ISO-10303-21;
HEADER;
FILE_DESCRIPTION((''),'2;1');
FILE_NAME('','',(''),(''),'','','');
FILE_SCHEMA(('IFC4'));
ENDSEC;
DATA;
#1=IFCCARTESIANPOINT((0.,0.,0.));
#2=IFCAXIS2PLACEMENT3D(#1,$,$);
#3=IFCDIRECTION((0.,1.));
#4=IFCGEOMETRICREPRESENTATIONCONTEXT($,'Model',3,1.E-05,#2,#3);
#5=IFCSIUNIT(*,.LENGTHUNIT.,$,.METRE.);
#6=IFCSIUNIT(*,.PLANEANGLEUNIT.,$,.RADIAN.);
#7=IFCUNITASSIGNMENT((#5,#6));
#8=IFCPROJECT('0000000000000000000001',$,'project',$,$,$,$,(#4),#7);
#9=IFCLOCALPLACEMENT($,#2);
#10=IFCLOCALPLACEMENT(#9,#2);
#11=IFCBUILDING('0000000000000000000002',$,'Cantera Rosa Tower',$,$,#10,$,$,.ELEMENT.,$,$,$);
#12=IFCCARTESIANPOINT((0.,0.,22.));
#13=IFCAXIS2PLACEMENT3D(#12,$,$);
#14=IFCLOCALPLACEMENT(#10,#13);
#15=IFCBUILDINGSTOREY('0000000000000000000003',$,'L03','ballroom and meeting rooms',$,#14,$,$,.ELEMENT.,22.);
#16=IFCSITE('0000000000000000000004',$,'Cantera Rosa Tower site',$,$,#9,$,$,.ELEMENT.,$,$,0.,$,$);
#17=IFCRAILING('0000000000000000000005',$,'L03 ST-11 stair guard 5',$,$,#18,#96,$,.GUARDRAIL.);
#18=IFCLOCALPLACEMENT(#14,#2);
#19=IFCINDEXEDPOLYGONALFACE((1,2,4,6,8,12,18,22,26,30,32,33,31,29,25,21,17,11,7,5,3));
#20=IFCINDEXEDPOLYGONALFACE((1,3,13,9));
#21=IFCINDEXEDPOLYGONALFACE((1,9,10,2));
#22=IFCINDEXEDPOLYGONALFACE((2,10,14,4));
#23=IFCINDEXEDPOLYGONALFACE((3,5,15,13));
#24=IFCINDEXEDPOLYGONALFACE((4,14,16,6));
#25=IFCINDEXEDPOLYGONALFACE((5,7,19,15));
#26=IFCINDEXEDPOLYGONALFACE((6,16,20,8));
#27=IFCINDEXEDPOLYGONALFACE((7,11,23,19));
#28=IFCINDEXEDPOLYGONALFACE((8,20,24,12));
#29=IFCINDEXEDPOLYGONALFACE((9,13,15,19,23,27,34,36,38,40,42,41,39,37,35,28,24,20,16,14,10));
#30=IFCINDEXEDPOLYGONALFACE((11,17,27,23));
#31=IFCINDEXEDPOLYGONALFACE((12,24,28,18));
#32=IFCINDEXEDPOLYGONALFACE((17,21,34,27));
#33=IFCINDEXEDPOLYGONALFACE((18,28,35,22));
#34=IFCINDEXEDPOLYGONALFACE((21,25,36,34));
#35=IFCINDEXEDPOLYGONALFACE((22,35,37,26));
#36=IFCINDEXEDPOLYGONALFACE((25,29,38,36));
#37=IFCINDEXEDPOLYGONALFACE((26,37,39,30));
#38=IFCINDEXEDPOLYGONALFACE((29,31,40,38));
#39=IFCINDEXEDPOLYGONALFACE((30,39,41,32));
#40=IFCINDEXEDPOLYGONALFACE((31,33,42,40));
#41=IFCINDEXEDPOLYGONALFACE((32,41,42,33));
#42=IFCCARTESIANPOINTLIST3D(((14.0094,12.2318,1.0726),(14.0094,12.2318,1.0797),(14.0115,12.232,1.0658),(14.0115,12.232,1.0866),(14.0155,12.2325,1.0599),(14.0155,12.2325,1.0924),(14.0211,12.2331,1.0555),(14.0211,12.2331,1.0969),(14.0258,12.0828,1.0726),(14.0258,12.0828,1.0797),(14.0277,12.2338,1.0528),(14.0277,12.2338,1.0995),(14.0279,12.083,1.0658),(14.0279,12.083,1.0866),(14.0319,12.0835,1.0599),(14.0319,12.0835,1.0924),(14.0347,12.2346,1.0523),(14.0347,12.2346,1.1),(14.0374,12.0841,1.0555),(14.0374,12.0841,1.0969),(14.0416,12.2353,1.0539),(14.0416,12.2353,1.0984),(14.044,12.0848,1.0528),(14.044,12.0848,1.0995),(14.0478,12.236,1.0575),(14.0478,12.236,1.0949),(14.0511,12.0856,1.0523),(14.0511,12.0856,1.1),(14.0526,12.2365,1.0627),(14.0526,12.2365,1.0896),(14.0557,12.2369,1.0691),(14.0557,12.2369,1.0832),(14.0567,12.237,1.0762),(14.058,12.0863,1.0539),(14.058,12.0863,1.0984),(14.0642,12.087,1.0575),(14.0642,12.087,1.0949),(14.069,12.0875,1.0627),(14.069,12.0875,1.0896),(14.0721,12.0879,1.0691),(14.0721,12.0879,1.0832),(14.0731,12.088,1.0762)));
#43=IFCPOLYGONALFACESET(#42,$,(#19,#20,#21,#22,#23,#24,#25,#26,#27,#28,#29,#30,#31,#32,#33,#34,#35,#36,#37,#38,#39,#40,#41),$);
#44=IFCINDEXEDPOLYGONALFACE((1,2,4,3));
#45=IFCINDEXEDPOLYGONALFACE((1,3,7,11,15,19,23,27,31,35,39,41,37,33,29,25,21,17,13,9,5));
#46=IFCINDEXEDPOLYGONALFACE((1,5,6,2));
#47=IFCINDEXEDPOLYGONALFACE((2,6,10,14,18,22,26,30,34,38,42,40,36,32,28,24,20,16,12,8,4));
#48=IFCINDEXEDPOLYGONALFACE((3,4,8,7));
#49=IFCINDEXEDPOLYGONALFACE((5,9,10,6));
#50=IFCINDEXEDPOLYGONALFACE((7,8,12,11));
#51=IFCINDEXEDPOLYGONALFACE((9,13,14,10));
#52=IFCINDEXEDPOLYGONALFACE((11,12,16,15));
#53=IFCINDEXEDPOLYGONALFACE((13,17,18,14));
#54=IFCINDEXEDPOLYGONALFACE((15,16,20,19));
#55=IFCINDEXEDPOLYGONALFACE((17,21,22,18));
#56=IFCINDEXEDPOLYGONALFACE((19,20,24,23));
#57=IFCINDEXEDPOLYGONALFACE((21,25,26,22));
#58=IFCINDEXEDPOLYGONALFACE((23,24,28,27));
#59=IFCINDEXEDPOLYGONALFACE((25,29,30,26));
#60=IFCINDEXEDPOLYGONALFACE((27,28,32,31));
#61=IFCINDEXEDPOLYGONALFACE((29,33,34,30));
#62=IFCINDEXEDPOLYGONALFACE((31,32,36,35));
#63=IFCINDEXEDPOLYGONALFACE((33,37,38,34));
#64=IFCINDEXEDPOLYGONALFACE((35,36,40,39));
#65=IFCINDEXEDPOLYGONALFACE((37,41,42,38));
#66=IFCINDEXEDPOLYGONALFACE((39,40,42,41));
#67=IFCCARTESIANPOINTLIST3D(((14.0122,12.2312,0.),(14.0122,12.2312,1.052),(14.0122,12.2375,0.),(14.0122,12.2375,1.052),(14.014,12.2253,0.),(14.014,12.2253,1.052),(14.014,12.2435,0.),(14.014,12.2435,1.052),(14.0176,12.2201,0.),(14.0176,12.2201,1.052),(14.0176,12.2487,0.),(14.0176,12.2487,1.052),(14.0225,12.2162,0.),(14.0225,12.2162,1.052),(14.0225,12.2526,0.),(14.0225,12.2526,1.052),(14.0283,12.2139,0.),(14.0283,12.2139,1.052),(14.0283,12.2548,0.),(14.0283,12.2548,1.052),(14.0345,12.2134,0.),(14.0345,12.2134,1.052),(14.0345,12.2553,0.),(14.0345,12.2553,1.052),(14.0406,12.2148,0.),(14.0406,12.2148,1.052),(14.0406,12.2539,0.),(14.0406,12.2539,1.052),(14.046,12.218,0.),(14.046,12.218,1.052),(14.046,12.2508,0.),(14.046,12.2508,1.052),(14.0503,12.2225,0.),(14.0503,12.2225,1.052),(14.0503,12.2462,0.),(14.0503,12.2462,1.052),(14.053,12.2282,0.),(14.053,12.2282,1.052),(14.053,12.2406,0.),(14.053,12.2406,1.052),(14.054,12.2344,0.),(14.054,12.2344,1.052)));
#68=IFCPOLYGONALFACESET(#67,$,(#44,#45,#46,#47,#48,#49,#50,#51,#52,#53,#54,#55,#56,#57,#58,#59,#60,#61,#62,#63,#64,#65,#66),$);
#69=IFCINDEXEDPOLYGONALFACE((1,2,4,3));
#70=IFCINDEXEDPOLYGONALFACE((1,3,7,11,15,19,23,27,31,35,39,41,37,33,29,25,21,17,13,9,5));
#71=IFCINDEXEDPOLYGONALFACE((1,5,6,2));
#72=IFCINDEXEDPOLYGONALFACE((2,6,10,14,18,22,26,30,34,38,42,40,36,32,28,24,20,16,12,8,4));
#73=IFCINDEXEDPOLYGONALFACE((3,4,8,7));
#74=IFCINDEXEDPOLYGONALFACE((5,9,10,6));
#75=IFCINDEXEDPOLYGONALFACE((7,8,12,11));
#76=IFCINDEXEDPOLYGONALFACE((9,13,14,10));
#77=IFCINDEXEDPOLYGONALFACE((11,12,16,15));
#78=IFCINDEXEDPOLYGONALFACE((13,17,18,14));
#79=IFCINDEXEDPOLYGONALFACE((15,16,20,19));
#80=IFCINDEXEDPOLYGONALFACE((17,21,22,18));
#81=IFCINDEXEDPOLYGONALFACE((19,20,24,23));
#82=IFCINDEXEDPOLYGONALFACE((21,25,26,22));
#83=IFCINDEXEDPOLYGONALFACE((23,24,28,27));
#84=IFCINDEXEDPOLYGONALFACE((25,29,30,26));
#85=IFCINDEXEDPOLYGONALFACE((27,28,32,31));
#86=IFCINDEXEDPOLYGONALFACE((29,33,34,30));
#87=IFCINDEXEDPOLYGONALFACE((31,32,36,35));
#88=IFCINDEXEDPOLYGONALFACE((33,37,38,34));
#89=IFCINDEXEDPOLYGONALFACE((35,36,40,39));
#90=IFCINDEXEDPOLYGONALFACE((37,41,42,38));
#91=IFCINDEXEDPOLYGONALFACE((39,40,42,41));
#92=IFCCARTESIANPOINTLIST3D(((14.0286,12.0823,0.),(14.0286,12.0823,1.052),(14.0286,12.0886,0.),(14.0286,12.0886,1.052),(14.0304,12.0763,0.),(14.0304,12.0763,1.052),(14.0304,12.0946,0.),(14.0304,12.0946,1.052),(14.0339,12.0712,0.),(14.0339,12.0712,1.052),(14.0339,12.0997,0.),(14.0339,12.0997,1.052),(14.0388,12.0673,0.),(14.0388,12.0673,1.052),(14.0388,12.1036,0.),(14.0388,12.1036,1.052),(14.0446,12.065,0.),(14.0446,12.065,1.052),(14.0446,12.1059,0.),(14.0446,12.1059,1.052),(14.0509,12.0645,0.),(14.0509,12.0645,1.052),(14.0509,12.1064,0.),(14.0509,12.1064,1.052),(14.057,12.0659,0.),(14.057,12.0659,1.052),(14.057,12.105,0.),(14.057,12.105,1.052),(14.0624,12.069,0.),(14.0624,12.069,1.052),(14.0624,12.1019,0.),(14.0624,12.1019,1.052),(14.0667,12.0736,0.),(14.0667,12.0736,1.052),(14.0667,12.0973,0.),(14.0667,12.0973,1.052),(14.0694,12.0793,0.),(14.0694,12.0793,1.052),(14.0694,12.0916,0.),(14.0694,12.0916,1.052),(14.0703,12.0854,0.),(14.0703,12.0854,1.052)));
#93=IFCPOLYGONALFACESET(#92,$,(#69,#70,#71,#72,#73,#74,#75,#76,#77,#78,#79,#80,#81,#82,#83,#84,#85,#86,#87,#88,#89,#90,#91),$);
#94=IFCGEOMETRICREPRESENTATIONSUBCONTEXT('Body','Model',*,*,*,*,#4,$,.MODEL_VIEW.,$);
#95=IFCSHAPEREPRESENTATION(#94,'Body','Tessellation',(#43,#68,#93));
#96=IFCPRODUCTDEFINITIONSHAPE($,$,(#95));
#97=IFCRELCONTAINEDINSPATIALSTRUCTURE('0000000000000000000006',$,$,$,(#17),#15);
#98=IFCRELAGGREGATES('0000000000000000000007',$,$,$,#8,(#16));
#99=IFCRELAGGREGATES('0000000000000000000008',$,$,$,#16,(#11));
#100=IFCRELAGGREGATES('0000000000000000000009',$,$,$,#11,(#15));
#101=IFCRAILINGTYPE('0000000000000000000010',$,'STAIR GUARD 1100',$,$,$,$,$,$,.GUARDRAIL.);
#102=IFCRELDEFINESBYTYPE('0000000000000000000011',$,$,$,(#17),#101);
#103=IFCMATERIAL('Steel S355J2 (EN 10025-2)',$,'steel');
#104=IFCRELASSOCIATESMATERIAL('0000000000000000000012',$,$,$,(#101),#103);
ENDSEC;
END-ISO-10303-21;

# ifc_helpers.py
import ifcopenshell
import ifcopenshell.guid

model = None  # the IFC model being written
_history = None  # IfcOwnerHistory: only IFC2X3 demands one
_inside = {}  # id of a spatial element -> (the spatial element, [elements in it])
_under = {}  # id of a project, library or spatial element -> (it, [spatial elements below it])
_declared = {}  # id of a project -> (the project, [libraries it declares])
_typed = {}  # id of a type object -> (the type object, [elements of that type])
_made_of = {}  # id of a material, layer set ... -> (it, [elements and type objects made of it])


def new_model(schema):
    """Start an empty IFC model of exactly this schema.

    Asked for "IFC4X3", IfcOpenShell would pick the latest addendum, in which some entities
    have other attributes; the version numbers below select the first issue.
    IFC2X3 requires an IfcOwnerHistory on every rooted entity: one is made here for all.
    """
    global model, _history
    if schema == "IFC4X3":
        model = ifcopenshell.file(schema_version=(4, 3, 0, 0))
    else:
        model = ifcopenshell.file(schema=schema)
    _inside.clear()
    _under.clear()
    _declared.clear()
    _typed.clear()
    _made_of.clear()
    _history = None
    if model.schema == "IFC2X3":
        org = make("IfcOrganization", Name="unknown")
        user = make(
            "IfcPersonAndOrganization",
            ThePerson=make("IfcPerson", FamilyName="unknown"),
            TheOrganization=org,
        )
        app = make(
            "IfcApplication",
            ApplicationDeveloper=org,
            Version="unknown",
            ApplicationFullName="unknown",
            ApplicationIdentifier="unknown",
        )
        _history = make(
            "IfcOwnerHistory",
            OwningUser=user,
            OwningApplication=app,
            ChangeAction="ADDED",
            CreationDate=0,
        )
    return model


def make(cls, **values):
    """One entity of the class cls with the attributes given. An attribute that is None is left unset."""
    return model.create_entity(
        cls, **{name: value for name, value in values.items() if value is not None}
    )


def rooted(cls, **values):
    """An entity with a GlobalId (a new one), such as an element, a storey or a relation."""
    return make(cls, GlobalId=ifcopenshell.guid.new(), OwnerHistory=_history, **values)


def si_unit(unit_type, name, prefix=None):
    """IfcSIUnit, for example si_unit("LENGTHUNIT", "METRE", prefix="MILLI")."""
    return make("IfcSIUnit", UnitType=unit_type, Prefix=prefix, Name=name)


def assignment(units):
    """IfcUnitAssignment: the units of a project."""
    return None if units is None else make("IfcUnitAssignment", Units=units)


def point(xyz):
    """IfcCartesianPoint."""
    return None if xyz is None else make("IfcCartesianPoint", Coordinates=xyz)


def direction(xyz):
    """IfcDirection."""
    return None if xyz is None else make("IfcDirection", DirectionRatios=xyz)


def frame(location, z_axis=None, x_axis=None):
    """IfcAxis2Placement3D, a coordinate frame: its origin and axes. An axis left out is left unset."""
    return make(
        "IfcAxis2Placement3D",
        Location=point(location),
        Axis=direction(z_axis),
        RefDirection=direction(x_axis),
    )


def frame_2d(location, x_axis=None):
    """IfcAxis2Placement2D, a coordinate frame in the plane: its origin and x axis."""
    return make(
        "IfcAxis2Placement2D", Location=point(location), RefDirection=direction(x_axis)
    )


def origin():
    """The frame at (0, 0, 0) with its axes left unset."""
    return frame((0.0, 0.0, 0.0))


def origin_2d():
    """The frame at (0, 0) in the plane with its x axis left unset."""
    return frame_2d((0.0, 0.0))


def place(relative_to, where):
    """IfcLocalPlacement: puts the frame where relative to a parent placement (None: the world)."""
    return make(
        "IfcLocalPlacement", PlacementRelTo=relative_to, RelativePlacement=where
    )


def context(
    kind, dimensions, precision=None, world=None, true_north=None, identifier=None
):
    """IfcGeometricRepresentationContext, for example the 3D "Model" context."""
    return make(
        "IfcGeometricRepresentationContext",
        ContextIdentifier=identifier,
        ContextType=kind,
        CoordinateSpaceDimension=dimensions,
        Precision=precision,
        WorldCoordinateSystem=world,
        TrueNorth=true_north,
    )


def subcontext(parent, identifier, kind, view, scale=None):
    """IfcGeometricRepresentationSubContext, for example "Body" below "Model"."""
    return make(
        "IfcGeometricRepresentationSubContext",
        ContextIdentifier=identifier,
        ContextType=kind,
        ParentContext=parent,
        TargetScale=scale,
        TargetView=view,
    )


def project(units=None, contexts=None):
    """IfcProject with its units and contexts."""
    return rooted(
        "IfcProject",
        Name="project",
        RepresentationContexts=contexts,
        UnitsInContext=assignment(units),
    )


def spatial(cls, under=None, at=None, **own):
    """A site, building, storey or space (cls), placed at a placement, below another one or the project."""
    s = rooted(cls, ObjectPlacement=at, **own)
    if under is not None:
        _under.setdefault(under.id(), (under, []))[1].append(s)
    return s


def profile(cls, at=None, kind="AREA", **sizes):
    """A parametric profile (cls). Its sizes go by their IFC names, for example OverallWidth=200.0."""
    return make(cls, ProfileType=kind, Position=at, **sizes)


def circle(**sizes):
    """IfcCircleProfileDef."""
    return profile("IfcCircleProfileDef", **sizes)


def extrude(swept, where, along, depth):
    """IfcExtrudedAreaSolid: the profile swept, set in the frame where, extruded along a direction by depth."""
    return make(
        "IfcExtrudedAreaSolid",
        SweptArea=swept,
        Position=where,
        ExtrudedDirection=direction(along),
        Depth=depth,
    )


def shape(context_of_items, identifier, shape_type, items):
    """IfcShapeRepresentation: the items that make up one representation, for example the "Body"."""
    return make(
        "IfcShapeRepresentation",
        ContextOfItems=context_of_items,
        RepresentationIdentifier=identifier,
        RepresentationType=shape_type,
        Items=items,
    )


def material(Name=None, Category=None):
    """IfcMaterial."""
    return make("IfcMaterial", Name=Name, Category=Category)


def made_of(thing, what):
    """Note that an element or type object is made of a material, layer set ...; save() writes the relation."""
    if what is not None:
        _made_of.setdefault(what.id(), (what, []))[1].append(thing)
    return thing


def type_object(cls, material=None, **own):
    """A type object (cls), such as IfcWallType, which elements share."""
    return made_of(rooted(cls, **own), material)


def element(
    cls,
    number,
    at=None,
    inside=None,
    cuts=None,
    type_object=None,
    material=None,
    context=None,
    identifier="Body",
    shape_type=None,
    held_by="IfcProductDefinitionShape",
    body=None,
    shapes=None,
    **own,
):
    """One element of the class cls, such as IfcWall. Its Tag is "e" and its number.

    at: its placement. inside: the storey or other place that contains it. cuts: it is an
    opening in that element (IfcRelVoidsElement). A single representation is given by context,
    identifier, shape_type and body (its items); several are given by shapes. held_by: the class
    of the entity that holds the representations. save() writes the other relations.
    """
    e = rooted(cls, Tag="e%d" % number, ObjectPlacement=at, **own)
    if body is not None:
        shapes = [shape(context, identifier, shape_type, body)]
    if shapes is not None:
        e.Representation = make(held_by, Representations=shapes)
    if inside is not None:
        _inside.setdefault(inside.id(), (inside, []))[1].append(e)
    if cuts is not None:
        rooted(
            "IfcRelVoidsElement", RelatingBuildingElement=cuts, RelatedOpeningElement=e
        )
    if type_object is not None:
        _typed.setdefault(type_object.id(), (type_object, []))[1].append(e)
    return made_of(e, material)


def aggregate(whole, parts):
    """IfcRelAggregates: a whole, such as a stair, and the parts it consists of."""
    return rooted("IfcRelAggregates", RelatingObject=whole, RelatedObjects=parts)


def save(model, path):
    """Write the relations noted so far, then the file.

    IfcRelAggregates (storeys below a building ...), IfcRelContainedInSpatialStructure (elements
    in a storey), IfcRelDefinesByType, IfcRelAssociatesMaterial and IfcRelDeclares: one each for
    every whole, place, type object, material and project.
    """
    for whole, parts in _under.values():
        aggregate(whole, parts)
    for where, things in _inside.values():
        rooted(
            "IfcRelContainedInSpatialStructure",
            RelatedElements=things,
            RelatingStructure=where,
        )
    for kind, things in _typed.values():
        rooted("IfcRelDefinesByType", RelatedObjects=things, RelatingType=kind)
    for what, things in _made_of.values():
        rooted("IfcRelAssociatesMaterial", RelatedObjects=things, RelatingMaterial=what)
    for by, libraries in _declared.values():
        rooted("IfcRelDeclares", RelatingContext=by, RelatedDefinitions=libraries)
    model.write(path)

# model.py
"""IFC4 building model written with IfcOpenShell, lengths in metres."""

from ifc_helpers import new_model, si_unit, direction, frame, origin, origin_2d, place, context, subcontext, project, spatial, circle, extrude, material, type_object, element, save


model = new_model("IFC4")

# Units and contexts
model_context = context("Model", 3, precision=1e-05, world=origin(), true_north=direction((0.0, 1.0)))
body_context = subcontext(model_context, "Body", "Model", "MODEL_VIEW")
ifc_project = project(units=[si_unit("LENGTHUNIT", "METRE"), si_unit("PLANEANGLEUNIT", "RADIAN")], contexts=[model_context])

# Site, building, storey
site_placement = place(None, origin())
site = spatial("IfcSite", under=ifc_project, at=site_placement, Name="Cantera Rosa Tower site", CompositionType="ELEMENT", RefElevation=0.0)
building_placement = place(site_placement, origin())
building = spatial("IfcBuilding", under=site, at=building_placement, Name="Cantera Rosa Tower", CompositionType="ELEMENT")
storey_placement = place(building_placement, frame((0.0, 0.0, 22.0)))
storey = spatial("IfcBuildingStorey", under=building, at=storey_placement, Name="L03", Description="ballroom and meeting rooms", CompositionType="ELEMENT", Elevation=22.0)

# Railing
ifc_material_1 = material(Name="Steel S355J2 (EN 10025-2)", Category="steel")
railing_type = type_object("IfcRailingType", Name="STAIR GUARD 1100", PredefinedType="GUARDRAIL", material=ifc_material_1)
railing_placement = place(storey_placement, frame((14.033, 12.2344, 0.0)))
element("IfcRailing", 1, at=railing_placement, inside=storey, type_object=railing_type, Name="L03 ST-11 stair guard 5", PredefinedType="GUARDRAIL", context=body_context, shape_type="SweptSolid", body=[
    extrude(circle(Radius=0.0239, at=origin_2d()), frame((0.0, 0.0, 1.0762), z_axis=(0.109179, -0.994022, 0.0), x_axis=(0.994022, 0.109179, 0.0)), (0.0, 0.0, 1.0), 0.1499),
    extrude(circle(Radius=0.021, at=origin_2d()), origin(), (0.0, 0.0, 1.0), 1.052),
    extrude(circle(Radius=0.021, at=origin_2d()), frame((0.0164, -0.1489, 0.0)), (0.0, 0.0, 1.0), 1.052),
])

save(model, "model.ifc")
